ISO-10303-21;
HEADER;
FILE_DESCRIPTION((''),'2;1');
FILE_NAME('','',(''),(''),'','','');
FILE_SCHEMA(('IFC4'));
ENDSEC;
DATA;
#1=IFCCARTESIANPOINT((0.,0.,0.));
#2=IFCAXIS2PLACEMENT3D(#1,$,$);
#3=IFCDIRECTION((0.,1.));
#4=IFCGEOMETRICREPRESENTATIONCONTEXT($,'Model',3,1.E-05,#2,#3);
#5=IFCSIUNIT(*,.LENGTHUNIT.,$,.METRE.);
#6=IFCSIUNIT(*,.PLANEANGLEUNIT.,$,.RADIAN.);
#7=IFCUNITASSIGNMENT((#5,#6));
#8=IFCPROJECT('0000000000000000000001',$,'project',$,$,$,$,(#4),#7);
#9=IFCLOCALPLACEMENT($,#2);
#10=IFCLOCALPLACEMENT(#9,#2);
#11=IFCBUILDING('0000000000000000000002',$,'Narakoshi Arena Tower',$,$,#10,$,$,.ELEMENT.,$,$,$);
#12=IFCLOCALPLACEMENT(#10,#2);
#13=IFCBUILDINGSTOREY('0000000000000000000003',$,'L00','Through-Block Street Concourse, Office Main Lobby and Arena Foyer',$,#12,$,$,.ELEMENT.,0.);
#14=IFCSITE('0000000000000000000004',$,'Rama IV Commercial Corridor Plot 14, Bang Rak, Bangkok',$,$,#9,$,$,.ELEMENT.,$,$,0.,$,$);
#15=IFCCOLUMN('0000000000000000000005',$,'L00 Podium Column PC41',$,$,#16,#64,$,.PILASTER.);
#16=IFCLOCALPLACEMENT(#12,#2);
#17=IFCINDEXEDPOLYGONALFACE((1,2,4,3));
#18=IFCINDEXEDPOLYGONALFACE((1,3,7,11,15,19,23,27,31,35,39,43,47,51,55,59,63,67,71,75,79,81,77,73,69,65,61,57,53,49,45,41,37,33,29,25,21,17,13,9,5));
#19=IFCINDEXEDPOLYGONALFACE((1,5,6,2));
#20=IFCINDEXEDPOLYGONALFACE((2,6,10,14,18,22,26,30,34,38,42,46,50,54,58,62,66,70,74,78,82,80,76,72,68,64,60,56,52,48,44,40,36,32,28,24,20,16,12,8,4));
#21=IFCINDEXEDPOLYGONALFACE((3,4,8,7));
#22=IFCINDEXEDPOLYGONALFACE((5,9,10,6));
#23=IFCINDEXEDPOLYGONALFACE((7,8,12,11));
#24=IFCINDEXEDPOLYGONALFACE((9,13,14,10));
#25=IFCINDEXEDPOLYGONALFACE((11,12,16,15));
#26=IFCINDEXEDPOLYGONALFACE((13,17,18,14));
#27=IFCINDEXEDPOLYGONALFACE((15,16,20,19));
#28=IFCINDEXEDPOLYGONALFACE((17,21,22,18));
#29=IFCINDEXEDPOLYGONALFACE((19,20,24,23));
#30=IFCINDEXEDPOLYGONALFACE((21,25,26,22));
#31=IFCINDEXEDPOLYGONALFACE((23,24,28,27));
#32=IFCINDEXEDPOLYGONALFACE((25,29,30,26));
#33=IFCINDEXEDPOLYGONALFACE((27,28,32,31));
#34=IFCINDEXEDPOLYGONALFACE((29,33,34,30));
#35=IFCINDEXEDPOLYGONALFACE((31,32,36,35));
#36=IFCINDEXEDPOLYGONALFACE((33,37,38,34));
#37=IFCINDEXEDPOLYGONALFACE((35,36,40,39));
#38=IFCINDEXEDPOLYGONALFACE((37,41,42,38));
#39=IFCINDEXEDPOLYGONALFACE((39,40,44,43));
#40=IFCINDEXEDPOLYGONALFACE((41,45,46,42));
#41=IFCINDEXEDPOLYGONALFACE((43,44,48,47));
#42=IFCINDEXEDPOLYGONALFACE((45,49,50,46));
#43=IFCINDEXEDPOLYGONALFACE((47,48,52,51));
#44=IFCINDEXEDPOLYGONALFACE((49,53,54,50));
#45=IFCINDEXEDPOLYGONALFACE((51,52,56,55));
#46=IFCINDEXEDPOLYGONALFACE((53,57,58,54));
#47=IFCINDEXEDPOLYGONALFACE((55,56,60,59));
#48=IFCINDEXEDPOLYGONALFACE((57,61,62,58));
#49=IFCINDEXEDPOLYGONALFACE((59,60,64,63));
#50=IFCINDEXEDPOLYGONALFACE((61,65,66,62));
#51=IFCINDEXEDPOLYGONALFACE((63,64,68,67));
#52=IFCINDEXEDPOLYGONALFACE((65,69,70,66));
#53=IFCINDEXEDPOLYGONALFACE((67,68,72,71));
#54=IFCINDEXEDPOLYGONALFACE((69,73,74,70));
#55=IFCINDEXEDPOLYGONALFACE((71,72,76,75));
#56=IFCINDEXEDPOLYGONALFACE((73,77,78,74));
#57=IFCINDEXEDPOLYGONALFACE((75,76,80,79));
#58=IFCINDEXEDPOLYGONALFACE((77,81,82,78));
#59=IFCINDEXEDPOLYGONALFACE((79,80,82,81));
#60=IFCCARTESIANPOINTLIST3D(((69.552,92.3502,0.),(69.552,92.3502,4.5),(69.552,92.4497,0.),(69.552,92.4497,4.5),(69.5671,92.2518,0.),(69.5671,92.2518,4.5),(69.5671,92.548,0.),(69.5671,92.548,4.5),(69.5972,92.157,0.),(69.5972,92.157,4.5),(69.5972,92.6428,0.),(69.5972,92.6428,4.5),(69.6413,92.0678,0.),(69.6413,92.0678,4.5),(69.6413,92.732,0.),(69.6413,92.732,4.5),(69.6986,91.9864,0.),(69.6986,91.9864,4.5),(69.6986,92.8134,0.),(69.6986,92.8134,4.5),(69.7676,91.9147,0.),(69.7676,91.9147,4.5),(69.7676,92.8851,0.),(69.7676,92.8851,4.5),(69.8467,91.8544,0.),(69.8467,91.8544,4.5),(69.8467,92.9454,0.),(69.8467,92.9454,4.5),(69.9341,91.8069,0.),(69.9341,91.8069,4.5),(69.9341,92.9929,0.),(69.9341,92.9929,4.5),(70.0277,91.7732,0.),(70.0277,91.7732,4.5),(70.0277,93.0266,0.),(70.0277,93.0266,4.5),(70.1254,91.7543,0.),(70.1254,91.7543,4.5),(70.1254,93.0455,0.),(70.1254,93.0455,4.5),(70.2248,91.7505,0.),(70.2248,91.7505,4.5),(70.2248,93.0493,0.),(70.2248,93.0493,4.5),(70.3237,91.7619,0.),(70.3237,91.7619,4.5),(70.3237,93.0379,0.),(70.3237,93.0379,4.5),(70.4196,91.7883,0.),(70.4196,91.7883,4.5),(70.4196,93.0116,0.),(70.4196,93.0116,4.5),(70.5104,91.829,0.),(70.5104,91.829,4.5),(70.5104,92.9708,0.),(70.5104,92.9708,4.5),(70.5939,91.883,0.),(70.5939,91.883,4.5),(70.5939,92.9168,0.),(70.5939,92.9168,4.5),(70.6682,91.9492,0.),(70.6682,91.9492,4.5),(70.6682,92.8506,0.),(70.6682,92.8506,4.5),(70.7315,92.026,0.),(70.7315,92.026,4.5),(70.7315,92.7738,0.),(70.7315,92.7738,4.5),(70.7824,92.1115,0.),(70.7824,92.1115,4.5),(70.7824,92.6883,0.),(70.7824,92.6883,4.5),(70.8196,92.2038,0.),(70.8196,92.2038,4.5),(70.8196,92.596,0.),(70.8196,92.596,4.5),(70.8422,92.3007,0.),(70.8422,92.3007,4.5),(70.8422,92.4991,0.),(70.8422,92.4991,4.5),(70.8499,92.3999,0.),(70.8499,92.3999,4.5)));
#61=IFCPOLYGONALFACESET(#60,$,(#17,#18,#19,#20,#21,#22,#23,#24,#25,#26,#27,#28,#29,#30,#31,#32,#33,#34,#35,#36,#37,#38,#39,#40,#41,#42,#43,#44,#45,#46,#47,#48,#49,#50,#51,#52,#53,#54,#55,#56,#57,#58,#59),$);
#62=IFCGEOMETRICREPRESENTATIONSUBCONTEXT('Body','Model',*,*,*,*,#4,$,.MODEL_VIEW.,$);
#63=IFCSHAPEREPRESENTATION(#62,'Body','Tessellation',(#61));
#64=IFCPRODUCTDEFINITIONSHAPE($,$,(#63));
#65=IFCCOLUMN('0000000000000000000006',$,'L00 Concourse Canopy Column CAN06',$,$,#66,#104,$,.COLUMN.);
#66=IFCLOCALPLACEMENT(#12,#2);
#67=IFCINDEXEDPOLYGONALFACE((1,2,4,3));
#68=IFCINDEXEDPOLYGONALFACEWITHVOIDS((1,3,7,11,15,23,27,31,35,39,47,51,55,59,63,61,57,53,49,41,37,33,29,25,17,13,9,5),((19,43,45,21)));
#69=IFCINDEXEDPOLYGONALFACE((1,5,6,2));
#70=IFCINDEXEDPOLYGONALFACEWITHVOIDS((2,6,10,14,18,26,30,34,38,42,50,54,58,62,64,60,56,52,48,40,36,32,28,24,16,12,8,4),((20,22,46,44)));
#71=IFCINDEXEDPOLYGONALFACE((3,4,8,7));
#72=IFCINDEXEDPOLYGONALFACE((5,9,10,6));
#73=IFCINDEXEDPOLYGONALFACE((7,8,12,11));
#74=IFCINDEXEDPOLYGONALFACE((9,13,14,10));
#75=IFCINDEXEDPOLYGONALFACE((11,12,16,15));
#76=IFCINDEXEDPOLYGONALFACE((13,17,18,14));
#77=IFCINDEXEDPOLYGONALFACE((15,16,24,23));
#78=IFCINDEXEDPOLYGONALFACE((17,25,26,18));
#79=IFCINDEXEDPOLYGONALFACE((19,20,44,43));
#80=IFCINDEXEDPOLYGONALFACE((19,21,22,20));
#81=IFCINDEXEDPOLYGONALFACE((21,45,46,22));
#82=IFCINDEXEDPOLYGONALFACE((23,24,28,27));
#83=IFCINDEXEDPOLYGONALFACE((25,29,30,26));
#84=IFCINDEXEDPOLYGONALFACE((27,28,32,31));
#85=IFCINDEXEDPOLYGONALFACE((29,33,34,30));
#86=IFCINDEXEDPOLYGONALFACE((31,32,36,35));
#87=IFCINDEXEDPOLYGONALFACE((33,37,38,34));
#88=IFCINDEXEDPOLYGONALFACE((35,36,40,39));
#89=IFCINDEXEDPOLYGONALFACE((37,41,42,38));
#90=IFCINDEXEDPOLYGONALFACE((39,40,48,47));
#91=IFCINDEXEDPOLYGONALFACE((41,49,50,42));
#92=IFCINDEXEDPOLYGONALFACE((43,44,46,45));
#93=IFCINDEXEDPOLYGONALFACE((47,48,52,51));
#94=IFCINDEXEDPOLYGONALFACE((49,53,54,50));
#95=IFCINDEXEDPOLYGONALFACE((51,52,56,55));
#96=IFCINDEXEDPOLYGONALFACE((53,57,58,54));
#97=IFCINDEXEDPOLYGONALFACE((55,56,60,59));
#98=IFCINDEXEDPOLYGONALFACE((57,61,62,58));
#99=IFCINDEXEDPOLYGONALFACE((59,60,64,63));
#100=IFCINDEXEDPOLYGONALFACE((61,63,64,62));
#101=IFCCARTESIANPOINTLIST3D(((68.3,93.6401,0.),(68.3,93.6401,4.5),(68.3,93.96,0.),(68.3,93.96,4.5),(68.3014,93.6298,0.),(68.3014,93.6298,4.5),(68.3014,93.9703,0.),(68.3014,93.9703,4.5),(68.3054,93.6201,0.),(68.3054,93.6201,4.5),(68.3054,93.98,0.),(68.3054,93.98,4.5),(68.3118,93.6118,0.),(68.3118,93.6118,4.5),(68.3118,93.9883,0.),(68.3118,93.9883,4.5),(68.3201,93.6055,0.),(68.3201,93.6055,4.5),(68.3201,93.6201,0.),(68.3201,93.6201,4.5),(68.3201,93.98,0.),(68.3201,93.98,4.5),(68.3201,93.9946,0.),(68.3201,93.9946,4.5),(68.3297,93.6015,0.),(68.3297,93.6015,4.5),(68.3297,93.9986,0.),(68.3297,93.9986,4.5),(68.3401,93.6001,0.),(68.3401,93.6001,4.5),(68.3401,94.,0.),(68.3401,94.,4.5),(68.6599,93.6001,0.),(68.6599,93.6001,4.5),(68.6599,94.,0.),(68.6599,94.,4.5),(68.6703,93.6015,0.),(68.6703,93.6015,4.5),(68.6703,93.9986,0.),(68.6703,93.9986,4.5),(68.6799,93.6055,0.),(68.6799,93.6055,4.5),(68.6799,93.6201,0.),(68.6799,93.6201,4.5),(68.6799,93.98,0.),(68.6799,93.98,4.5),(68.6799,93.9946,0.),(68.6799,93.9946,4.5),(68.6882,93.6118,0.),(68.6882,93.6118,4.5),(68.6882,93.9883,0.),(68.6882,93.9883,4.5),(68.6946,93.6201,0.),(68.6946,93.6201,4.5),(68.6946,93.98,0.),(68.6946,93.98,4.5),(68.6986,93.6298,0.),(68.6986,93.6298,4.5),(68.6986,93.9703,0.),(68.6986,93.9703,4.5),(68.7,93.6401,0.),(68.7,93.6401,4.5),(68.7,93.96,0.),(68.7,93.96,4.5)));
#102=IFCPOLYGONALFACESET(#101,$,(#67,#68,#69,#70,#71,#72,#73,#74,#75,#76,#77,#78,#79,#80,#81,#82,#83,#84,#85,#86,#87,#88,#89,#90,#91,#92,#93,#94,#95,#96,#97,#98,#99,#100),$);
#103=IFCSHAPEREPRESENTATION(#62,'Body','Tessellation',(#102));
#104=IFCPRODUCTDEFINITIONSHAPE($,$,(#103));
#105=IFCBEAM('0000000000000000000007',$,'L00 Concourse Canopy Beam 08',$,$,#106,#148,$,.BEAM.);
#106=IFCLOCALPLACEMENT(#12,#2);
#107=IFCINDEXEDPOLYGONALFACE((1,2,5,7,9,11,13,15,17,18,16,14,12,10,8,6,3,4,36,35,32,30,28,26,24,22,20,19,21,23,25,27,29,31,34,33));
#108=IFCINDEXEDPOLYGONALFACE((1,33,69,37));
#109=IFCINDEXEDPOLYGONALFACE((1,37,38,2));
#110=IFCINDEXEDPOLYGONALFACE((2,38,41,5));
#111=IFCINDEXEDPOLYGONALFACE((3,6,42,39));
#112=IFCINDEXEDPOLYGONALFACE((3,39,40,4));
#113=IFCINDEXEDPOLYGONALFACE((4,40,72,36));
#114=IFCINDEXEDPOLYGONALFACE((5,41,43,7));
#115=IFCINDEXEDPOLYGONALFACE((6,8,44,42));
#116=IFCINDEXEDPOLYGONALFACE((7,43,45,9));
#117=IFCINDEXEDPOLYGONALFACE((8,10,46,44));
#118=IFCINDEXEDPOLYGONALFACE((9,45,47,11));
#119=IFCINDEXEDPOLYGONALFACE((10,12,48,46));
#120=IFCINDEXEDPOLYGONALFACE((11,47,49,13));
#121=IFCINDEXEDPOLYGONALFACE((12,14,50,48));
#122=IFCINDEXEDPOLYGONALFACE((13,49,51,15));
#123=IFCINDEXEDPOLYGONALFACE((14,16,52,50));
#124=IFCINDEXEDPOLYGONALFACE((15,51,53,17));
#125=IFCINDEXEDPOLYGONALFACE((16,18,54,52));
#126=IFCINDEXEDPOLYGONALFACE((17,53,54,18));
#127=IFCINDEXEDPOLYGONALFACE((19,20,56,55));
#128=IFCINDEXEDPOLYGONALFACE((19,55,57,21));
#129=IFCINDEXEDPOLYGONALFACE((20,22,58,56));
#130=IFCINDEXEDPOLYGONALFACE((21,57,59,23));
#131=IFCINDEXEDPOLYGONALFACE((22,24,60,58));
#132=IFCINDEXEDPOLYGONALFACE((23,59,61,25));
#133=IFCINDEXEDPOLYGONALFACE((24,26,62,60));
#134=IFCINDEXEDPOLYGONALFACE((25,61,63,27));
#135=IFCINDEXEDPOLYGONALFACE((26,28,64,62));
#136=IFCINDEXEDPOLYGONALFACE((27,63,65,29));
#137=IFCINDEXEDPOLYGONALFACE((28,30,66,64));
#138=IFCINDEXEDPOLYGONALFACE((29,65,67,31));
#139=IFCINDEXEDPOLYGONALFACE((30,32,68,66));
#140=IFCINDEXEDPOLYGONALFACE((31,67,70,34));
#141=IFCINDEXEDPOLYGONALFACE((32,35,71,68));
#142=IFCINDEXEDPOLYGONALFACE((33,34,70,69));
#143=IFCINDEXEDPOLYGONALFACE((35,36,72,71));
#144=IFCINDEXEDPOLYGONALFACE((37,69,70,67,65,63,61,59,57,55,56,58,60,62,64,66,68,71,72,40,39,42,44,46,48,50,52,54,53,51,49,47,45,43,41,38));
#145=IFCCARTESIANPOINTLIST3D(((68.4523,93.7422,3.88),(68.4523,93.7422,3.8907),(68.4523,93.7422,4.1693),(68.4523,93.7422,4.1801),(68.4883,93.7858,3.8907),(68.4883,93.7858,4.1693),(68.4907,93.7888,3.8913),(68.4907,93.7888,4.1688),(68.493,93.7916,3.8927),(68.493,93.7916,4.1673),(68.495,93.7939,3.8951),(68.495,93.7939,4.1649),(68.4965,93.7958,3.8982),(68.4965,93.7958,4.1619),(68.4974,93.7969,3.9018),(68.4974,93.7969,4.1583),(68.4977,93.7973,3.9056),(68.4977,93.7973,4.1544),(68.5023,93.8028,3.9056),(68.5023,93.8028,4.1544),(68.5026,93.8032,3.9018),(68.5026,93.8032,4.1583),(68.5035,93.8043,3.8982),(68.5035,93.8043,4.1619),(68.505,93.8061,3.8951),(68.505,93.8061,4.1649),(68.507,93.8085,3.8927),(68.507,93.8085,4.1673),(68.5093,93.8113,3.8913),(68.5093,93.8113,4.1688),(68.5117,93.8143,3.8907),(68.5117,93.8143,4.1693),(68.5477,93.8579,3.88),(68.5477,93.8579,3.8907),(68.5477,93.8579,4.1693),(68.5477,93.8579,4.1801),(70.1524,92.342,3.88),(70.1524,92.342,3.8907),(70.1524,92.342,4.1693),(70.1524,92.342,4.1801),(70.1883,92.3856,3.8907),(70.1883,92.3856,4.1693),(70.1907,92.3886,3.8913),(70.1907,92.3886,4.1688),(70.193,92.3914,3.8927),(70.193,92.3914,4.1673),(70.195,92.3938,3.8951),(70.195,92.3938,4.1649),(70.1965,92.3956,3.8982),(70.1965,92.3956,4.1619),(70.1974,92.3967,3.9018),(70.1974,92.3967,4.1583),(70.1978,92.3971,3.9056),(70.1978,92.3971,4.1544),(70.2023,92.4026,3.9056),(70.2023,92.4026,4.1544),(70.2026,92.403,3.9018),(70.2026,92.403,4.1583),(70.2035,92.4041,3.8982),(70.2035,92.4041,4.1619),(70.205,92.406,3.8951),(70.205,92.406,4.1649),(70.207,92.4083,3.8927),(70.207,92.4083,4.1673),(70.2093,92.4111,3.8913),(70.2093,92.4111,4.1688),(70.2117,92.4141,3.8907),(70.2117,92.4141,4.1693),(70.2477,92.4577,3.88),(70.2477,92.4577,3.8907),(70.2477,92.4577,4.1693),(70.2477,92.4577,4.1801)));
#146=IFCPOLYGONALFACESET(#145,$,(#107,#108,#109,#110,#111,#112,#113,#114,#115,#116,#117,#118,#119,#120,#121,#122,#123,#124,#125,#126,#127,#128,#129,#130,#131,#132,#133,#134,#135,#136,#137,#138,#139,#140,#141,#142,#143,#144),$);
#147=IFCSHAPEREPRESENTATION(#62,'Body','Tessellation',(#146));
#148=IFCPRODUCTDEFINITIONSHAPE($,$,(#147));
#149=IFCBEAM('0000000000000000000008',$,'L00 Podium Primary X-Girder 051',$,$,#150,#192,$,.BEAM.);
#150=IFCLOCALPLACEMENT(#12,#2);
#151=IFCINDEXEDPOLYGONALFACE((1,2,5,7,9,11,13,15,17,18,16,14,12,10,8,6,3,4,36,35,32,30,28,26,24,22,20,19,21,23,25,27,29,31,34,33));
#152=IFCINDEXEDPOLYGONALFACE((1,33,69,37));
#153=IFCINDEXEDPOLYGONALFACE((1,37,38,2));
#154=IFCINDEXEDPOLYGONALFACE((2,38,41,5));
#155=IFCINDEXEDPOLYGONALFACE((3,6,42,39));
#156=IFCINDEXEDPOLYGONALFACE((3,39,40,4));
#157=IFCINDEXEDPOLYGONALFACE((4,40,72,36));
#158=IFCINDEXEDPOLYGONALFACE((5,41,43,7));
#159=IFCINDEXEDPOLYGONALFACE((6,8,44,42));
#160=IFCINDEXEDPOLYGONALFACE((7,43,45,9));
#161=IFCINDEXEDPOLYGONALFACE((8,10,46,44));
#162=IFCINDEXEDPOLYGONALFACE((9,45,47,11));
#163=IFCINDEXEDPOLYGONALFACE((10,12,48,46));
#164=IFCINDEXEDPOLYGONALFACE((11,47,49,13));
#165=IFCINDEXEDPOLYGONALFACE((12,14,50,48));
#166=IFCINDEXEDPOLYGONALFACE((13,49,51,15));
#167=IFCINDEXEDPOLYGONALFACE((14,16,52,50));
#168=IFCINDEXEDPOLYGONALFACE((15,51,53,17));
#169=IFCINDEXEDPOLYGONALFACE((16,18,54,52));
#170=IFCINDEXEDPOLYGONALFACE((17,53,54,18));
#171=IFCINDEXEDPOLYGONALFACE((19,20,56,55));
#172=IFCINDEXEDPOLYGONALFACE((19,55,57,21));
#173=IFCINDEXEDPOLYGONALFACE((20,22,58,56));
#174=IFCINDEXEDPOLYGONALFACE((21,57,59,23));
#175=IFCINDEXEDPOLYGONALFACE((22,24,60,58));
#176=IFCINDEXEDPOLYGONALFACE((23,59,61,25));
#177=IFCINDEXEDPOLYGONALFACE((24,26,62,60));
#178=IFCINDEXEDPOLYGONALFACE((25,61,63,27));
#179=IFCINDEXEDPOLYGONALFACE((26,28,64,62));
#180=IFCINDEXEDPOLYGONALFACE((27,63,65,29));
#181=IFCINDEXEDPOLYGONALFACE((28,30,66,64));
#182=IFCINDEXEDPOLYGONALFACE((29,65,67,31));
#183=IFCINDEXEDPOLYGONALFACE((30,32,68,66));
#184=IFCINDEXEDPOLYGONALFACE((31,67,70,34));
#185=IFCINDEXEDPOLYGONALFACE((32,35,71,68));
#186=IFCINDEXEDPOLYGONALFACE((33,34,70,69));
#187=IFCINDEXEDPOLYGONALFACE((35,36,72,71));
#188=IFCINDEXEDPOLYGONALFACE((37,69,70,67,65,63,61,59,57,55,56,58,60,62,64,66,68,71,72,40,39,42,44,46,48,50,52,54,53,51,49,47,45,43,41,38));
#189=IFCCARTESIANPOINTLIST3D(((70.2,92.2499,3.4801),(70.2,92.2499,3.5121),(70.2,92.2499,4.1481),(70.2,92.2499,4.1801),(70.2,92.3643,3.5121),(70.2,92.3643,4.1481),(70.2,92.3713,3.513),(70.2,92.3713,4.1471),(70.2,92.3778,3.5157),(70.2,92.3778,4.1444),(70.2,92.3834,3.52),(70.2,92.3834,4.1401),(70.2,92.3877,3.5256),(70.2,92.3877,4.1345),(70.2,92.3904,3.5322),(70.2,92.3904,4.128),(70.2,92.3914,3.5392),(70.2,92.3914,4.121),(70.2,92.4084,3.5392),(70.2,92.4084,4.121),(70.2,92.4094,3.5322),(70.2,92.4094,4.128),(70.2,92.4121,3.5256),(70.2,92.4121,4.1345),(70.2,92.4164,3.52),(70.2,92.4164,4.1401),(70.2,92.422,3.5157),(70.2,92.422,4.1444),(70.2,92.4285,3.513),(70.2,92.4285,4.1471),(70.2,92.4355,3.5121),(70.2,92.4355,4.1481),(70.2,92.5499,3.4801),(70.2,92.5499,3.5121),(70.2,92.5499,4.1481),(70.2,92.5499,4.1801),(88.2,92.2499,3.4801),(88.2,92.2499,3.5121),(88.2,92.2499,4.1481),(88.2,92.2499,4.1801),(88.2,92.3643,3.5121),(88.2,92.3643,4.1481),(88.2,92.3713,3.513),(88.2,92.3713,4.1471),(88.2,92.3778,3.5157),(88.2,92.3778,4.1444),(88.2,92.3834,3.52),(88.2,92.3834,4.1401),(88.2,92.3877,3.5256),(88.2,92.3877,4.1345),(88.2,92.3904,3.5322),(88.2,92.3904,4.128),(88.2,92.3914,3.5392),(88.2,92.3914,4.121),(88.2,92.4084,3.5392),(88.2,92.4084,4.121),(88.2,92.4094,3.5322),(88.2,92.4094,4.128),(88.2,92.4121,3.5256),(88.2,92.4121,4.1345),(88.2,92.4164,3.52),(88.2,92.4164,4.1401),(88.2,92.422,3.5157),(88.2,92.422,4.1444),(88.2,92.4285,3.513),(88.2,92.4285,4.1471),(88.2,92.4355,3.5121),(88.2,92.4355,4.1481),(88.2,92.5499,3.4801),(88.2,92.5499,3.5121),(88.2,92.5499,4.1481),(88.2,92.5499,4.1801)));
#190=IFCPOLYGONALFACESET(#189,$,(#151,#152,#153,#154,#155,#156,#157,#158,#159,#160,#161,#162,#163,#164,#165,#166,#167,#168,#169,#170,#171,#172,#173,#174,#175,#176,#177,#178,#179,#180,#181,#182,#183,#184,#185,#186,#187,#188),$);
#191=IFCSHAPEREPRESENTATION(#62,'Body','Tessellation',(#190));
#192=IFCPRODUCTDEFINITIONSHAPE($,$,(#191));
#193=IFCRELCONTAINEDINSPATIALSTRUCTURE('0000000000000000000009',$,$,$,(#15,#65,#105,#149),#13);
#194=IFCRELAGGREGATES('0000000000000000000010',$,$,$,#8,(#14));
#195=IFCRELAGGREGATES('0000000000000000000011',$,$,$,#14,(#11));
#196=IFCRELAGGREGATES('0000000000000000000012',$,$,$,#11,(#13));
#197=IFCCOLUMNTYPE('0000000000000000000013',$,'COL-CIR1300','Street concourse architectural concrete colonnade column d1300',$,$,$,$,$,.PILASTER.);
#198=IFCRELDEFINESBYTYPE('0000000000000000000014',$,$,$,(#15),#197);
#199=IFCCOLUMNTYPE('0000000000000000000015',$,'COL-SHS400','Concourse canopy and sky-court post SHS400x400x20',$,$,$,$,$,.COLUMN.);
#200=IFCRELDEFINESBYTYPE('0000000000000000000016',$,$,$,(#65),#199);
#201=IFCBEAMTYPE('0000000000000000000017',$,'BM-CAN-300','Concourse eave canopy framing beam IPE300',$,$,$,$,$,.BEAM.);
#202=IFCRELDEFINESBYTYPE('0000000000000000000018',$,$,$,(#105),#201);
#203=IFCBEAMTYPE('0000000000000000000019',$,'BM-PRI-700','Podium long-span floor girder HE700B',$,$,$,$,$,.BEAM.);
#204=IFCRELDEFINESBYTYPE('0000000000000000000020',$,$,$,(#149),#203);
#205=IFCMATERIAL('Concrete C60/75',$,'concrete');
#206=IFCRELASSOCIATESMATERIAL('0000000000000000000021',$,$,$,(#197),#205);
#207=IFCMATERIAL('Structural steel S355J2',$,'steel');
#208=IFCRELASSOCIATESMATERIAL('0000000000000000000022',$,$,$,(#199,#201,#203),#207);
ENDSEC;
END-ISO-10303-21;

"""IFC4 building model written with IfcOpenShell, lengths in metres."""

from ifc_helpers import new_model, si_unit, direction, frame, origin, origin_2d, place, context, subcontext, project, spatial, hollow_rectangle, circle, i_section, extrude, material, material_profile, profile_set, type_object, element, save


model = new_model("IFC4")

# Units and contexts
model_context = context("Model", 3, precision=1e-05, world=origin(), true_north=direction((0.0, 1.0)))
body_context = subcontext(model_context, "Body", "Model", "MODEL_VIEW")
ifc_project = project(units=[si_unit("LENGTHUNIT", "METRE"), si_unit("PLANEANGLEUNIT", "RADIAN")], contexts=[model_context])

# Site, building, storey
site_placement = place(None, origin())
site = spatial("IfcSite", under=ifc_project, at=site_placement, Name="Rama IV Commercial Corridor Plot 14, Bang Rak, Bangkok", CompositionType="ELEMENT", RefElevation=0.0)
building_placement = place(site_placement, origin())
building = spatial("IfcBuilding", under=site, at=building_placement, Name="Narakoshi Arena Tower", CompositionType="ELEMENT")
storey_placement = place(building_placement, origin())
storey = spatial("IfcBuildingStorey", under=building, at=storey_placement, Name="L00", Description="Through-Block Street Concourse, Office Main Lobby and Arena Foyer", CompositionType="ELEMENT", Elevation=0.0)

# Columns
ifc_material_1 = material(Name="Concrete C60/75", Category="concrete")
ifc_material_profile_1 = material_profile(ifc_material_1, circle(Radius=0.6499, at=origin_2d()), Name="RCC1300")
ifc_profile_set_1 = profile_set([ifc_material_profile_1], Name="Concrete C60/75")
column_type_1 = type_object("IfcColumnType", Name="COL-CIR1300", Description="Street concourse architectural concrete colonnade column d1300", PredefinedType="PILASTER", material=ifc_profile_set_1)
column_1_placement = place(storey_placement, frame((70.2, 92.3999, 0.0), z_axis=(0.0, 0.0, 1.0), x_axis=(1.0, 0.0, 0.0)))
element("IfcColumn", 1, at=column_1_placement, inside=storey, type_object=column_type_1, Name="L00 Podium Column PC41", PredefinedType="PILASTER", context=body_context, shape_type="SweptSolid", body=[
    extrude(circle(Radius=0.6499, at=origin_2d()), origin(), (0.0, 0.0, 1.0), 4.5),
])
ifc_material_2 = material(Name="Structural steel S355J2", Category="steel")
ifc_material_profile_2 = material_profile(ifc_material_2, hollow_rectangle(XDim=0.3999, YDim=0.3999, WallThickness=0.02, OuterFilletRadius=0.04, at=origin_2d()), Name="SHS400x400x20")
ifc_profile_set_2 = profile_set([ifc_material_profile_2], Name="Structural steel S355J2")
column_type_2 = type_object("IfcColumnType", Name="COL-SHS400", Description="Concourse canopy and sky-court post SHS400x400x20", PredefinedType="COLUMN", material=ifc_profile_set_2)
column_2_placement = place(storey_placement, frame((68.5, 93.8, 0.0), z_axis=(0.0, 0.0, 1.0), x_axis=(1.0, 0.0, 0.0)))
element("IfcColumn", 2, at=column_2_placement, inside=storey, type_object=column_type_2, Name="L00 Concourse Canopy Column CAN06", PredefinedType="COLUMN", context=body_context, shape_type="SweptSolid", body=[
    extrude(hollow_rectangle(XDim=0.3999, YDim=0.3999, WallThickness=0.02, OuterFilletRadius=0.04, at=origin_2d()), origin(), (0.0, 0.0, 1.0), 4.5),
])

# Beams
ifc_material_profile_3 = material_profile(ifc_material_2, i_section(OverallWidth=0.1499, OverallDepth=0.3, WebThickness=0.0071, FlangeThickness=0.0107, FilletRadius=0.0149, at=origin_2d()), Name="IPE300")
ifc_profile_set_3 = profile_set([ifc_material_profile_3], Name="Structural steel S355J2")
beam_type_1 = type_object("IfcBeamType", Name="BM-CAN-300", Description="Concourse eave canopy framing beam IPE300", PredefinedType="BEAM", material=ifc_profile_set_3)
beam_1_placement = place(storey_placement, frame((68.5, 93.8, 4.03), z_axis=(0.771889, -0.635758, 0.0), x_axis=(0.635758, 0.771889, 0.0)))
element("IfcBeam", 3, at=beam_1_placement, inside=storey, type_object=beam_type_1, Name="L00 Concourse Canopy Beam 08", PredefinedType="BEAM", context=body_context, shape_type="SweptSolid", body=[
    extrude(i_section(OverallWidth=0.1499, OverallDepth=0.3, WebThickness=0.0071, FlangeThickness=0.0107, FilletRadius=0.0149, at=origin_2d()), origin(), (0.0, 0.0, 1.0), 2.2024),
])
ifc_material_profile_4 = material_profile(ifc_material_2, i_section(OverallWidth=0.3, OverallDepth=0.7, WebThickness=0.0171, FlangeThickness=0.032, FilletRadius=0.0271, at=origin_2d()), Name="HE700B")
ifc_profile_set_4 = profile_set([ifc_material_profile_4], Name="Structural steel S355J2")
beam_type_2 = type_object("IfcBeamType", Name="BM-PRI-700", Description="Podium long-span floor girder HE700B", PredefinedType="BEAM", material=ifc_profile_set_4)
beam_2_placement = place(storey_placement, frame((70.2, 92.3999, 3.8301), z_axis=(1.0, 0.0, 0.0), x_axis=(0.0, 1.0, 0.0)))
element("IfcBeam", 4, at=beam_2_placement, inside=storey, type_object=beam_type_2, Name="L00 Podium Primary X-Girder 051", PredefinedType="BEAM", context=body_context, shape_type="SweptSolid", body=[
    extrude(i_section(OverallWidth=0.3, OverallDepth=0.7, WebThickness=0.0171, FlangeThickness=0.032, FilletRadius=0.0271, at=origin_2d()), origin(), (0.0, 0.0, 1.0), 18.0),
])

save(model, "model.ifc")
